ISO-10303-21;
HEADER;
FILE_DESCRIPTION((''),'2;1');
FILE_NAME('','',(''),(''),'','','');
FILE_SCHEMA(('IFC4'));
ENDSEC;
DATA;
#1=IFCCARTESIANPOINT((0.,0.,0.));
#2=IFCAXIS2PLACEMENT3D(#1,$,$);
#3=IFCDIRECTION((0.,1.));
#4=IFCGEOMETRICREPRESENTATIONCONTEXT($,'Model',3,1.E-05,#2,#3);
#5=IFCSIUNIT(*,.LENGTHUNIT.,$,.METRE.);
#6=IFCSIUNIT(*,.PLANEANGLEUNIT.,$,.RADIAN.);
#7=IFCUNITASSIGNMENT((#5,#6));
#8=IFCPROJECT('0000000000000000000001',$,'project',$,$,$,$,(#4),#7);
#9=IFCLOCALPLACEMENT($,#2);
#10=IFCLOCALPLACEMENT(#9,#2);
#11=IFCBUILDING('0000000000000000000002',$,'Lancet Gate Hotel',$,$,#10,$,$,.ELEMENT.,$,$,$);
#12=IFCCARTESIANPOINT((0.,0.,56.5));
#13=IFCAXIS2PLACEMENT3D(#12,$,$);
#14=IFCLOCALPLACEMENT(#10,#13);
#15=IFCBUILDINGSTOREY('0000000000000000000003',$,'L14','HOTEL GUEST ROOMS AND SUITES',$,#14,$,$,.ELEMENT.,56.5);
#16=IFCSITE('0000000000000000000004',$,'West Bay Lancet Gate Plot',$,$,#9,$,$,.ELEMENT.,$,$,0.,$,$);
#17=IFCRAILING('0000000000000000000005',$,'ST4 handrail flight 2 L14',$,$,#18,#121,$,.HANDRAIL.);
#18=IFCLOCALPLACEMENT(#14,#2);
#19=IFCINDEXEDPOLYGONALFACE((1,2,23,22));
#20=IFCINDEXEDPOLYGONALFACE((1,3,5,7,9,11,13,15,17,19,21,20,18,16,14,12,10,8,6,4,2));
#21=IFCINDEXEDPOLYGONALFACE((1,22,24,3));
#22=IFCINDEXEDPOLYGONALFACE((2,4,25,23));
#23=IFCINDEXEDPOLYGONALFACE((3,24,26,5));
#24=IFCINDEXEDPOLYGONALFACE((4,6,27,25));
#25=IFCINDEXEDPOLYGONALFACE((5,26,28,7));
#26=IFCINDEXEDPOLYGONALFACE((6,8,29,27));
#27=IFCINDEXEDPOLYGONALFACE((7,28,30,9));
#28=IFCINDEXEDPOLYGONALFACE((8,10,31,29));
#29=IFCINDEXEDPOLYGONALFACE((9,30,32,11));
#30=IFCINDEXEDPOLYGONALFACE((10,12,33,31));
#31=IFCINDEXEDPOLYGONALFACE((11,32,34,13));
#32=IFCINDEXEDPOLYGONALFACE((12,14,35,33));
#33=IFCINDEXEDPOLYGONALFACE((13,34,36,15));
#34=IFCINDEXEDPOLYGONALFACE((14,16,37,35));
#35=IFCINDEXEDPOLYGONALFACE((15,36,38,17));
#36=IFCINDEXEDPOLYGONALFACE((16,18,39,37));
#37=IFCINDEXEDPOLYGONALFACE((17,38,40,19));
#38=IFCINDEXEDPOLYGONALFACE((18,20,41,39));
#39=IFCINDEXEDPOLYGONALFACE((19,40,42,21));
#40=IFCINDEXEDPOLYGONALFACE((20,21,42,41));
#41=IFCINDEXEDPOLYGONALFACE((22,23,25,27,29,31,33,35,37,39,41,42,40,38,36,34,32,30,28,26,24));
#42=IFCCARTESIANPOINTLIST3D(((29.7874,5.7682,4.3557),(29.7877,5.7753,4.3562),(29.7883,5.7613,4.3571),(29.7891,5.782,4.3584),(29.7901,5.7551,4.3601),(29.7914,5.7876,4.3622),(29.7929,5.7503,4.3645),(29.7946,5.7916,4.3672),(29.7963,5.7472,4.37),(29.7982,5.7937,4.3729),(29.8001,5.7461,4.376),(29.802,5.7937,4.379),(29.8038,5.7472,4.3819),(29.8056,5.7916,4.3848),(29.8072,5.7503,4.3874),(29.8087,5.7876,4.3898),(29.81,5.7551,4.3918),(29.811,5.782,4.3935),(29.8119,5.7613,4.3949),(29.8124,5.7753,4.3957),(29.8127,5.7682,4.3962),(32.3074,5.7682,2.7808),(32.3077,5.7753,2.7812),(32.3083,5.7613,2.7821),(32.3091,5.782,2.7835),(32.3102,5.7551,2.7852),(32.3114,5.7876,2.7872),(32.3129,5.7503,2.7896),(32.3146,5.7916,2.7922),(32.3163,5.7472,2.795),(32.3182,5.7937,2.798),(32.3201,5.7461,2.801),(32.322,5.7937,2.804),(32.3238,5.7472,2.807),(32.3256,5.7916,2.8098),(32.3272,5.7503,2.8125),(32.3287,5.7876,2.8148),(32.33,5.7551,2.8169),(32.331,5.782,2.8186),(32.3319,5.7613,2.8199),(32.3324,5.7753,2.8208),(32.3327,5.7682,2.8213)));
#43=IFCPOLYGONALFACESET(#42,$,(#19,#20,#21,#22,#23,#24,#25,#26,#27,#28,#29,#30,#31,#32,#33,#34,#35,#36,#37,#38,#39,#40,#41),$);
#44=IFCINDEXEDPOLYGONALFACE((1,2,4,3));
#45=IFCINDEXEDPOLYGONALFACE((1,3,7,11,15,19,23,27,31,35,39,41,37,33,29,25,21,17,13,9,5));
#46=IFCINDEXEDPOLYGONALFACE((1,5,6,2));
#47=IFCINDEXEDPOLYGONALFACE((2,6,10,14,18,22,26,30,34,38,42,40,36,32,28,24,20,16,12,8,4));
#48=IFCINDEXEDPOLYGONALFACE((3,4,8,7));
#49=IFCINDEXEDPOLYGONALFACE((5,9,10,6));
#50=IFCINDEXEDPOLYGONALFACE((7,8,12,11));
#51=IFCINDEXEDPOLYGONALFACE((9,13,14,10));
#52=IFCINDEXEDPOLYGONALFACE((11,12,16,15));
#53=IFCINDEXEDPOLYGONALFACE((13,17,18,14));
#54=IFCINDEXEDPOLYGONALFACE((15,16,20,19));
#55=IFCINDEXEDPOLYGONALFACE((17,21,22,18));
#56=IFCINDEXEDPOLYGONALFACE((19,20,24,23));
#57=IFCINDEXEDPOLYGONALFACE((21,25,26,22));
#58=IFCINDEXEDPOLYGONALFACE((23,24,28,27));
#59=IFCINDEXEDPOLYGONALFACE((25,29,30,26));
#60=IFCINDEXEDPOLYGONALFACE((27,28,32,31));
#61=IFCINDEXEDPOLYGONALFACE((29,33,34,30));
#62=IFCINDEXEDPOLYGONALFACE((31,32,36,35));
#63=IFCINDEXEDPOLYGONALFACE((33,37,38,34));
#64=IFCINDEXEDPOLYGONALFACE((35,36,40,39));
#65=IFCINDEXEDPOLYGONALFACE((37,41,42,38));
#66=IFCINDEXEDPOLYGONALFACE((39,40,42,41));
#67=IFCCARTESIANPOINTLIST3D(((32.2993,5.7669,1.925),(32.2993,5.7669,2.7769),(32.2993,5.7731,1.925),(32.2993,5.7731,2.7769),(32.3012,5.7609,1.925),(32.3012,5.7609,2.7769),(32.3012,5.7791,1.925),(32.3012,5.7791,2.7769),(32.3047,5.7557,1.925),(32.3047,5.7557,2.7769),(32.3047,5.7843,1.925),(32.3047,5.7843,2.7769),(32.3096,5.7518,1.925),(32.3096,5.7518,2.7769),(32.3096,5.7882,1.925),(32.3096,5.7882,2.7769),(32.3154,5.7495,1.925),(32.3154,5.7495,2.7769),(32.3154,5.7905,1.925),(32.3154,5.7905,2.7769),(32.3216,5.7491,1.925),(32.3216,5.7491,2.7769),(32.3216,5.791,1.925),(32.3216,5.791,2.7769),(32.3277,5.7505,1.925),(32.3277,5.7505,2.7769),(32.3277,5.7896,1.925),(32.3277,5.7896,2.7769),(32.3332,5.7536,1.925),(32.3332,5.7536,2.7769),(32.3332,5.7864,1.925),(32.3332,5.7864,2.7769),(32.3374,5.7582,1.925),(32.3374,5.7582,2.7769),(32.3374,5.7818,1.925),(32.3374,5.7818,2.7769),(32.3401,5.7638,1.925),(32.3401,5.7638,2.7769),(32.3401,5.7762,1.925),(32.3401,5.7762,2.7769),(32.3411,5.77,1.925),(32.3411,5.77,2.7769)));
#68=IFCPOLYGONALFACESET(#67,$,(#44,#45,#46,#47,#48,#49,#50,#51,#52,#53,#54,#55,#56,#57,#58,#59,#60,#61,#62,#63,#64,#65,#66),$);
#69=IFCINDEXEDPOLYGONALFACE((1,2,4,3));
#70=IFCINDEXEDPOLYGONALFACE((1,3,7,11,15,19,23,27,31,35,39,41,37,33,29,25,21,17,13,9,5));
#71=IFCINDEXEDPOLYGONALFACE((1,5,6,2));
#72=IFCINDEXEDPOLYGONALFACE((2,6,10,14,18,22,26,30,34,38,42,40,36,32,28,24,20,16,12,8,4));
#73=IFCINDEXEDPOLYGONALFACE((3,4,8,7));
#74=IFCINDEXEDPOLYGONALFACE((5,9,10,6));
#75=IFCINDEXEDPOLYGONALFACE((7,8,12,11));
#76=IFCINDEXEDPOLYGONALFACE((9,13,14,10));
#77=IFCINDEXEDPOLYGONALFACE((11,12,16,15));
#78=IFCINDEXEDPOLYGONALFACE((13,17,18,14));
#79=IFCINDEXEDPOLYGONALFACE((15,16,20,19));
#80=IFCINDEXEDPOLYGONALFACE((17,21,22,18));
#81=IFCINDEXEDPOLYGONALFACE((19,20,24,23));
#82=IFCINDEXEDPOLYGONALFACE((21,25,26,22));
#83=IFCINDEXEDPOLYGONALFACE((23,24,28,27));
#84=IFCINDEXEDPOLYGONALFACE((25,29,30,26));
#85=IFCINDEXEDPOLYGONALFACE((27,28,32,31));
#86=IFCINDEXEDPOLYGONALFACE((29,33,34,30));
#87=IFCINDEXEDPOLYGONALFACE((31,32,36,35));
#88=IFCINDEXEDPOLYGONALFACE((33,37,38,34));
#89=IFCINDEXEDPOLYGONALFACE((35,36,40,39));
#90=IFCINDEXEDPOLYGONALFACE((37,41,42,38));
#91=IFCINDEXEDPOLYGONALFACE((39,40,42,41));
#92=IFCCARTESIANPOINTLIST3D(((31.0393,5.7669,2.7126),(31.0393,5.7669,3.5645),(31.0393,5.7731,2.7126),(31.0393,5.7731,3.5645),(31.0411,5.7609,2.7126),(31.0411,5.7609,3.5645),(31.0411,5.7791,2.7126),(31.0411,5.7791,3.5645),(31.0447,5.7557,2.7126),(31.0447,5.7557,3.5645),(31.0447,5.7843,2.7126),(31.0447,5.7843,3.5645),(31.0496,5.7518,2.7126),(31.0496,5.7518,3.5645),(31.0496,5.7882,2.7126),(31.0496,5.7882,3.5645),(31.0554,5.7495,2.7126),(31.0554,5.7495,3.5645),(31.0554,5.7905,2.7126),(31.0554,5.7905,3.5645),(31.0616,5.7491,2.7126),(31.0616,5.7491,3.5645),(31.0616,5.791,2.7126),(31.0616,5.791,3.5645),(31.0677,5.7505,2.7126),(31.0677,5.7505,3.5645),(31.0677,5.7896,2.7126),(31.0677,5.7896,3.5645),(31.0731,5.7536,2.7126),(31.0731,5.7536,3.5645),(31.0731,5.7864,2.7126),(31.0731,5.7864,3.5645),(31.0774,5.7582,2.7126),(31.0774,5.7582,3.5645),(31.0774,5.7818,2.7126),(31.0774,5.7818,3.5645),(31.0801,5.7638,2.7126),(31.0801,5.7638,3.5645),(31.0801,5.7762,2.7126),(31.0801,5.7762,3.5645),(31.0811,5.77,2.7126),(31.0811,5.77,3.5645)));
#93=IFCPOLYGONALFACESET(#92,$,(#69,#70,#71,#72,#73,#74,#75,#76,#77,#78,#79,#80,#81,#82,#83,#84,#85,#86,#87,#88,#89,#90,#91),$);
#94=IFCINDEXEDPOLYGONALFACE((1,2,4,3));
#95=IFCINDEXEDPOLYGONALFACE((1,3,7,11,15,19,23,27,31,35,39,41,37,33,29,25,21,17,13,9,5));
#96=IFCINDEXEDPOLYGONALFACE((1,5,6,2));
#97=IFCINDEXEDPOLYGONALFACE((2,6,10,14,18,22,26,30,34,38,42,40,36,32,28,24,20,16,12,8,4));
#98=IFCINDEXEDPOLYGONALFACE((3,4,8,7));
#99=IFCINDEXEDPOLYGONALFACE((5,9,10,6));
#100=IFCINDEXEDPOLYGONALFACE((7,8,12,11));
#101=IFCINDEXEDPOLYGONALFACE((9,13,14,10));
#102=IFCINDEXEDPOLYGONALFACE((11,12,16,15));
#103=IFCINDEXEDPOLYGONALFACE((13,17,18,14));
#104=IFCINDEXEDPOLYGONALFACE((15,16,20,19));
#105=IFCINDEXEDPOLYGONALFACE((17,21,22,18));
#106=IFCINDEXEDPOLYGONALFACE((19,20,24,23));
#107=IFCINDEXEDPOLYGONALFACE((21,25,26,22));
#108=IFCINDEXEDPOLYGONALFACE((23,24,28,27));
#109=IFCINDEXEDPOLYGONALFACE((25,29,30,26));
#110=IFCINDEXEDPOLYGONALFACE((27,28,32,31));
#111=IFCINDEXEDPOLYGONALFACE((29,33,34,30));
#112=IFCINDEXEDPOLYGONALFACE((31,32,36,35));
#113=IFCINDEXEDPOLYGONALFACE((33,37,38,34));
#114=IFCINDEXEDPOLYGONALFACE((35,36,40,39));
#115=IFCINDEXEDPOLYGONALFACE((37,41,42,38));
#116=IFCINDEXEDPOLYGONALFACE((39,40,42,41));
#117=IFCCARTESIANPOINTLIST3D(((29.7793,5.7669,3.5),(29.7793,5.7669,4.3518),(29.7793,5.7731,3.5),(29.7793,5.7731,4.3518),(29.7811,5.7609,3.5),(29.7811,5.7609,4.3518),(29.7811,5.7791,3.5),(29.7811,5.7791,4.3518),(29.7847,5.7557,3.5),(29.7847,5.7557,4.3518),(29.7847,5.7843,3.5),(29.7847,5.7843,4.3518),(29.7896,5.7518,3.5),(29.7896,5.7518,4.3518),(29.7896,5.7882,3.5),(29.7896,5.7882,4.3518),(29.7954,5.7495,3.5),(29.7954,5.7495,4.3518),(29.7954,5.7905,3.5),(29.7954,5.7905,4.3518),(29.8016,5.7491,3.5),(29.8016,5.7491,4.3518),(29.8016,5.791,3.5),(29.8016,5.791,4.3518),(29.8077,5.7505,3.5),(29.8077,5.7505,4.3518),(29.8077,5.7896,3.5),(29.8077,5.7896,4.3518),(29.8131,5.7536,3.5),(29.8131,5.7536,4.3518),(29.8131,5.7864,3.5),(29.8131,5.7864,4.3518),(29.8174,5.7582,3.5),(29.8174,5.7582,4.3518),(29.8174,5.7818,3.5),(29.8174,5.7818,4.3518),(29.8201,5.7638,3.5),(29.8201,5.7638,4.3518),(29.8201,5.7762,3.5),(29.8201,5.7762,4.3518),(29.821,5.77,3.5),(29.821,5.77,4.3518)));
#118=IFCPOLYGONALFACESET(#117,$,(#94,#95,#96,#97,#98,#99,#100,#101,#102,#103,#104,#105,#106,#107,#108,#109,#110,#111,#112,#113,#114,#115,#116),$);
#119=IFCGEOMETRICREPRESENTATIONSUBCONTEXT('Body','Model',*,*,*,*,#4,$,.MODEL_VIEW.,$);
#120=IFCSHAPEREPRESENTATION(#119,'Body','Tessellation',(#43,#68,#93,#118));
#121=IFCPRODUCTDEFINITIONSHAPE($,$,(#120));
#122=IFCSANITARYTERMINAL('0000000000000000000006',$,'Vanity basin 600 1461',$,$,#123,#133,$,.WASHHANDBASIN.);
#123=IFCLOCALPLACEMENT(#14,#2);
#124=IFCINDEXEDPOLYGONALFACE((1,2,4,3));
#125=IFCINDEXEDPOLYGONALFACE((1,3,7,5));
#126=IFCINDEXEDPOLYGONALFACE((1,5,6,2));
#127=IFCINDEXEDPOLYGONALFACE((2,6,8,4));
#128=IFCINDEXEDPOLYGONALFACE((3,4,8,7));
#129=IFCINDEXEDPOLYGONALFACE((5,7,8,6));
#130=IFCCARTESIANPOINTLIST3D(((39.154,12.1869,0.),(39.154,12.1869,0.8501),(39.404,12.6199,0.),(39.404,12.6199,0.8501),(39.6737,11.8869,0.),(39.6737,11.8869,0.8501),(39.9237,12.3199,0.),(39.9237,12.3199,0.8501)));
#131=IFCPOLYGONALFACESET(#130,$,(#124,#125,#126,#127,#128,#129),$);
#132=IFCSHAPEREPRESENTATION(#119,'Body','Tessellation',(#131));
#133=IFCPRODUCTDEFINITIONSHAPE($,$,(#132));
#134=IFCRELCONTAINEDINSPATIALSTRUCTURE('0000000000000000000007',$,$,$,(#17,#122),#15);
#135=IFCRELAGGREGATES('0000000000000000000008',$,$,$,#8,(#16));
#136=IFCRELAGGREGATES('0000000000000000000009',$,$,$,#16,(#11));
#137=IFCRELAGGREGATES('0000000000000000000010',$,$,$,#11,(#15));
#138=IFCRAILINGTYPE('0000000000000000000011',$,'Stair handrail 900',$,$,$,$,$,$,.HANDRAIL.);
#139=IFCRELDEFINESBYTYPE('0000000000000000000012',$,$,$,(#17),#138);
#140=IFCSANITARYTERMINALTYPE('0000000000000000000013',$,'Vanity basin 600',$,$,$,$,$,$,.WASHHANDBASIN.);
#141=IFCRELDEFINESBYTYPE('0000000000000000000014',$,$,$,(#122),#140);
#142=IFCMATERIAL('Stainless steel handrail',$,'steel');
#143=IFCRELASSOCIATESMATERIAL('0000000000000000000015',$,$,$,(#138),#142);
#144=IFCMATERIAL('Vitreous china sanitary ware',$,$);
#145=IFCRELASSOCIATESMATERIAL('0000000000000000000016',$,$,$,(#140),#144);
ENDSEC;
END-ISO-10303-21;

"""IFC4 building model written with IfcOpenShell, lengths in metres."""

from ifc_helpers import new_model, si_unit, direction, frame, origin, origin_2d, place, context, subcontext, project, spatial, rectangle, circle, extrude, material, type_object, element, save


model = new_model("IFC4")

# Units and contexts
model_context = context("Model", 3, precision=1e-05, world=origin(), true_north=direction((0.0, 1.0)))
body_context = subcontext(model_context, "Body", "Model", "MODEL_VIEW")
ifc_project = project(units=[si_unit("LENGTHUNIT", "METRE"), si_unit("PLANEANGLEUNIT", "RADIAN")], contexts=[model_context])

# Site, building, storey
site_placement = place(None, origin())
site = spatial("IfcSite", under=ifc_project, at=site_placement, Name="West Bay Lancet Gate Plot", CompositionType="ELEMENT", RefElevation=0.0)
building_placement = place(site_placement, origin())
building = spatial("IfcBuilding", under=site, at=building_placement, Name="Lancet Gate Hotel", CompositionType="ELEMENT")
storey_placement = place(building_placement, frame((0.0, 0.0, 56.5)))
storey = spatial("IfcBuildingStorey", under=building, at=storey_placement, Name="L14", Description="HOTEL GUEST ROOMS AND SUITES", CompositionType="ELEMENT", Elevation=56.5)

# Railing
ifc_material_1 = material(Name="Stainless steel handrail", Category="steel")
railing_type = type_object("IfcRailingType", Name="Stair handrail 900", PredefinedType="HANDRAIL", material=ifc_material_1)
railing_placement = place(storey_placement, frame((32.3201, 5.77, 1.925)))
element("IfcRailing", 1, at=railing_placement, inside=storey, type_object=railing_type, Name="ST4 handrail flight 2 L14", PredefinedType="HANDRAIL", context=body_context, shape_type="SweptSolid", body=[
    extrude(circle(Radius=0.0239, at=origin_2d()), frame((0.0, 0.0, 0.876), z_axis=(-0.848008, 0.0, 0.529984), x_axis=(0.0, -1.0, 0.0)), (0.0, 0.0, 1.0), 2.9717),
    extrude(circle(Radius=0.021, at=origin_2d()), origin(), (0.0, 0.0, 1.0), 0.8518),
    extrude(circle(Radius=0.021, at=origin_2d()), frame((-1.26, 0.0, 0.7876)), (0.0, 0.0, 1.0), 0.8518),
    extrude(circle(Radius=0.021, at=origin_2d()), frame((-2.52, 0.0, 1.575)), (0.0, 0.0, 1.0), 0.8518),
])

# Sanitary terminal
ifc_material_2 = material(Name="Vitreous china sanitary ware")
sanitary_terminal_type = type_object("IfcSanitaryTerminalType", Name="Vanity basin 600", PredefinedType="WASHHANDBASIN", material=ifc_material_2)
sanitary_terminal_placement = place(storey_placement, frame((39.5388, 12.2534, 0.0), z_axis=(0.0, 0.0, 1.0), x_axis=(0.866025, -0.5, 0.0)))
element("IfcSanitaryTerminal", 2, at=sanitary_terminal_placement, inside=storey, type_object=sanitary_terminal_type, Name="Vanity basin 600 1461", PredefinedType="WASHHANDBASIN", context=body_context, shape_type="SweptSolid", body=[
    extrude(rectangle(XDim=0.6001, YDim=0.5, at=origin_2d()), origin(), (0.0, 0.0, 1.0), 0.8501),
])

save(model, "model.ifc")
